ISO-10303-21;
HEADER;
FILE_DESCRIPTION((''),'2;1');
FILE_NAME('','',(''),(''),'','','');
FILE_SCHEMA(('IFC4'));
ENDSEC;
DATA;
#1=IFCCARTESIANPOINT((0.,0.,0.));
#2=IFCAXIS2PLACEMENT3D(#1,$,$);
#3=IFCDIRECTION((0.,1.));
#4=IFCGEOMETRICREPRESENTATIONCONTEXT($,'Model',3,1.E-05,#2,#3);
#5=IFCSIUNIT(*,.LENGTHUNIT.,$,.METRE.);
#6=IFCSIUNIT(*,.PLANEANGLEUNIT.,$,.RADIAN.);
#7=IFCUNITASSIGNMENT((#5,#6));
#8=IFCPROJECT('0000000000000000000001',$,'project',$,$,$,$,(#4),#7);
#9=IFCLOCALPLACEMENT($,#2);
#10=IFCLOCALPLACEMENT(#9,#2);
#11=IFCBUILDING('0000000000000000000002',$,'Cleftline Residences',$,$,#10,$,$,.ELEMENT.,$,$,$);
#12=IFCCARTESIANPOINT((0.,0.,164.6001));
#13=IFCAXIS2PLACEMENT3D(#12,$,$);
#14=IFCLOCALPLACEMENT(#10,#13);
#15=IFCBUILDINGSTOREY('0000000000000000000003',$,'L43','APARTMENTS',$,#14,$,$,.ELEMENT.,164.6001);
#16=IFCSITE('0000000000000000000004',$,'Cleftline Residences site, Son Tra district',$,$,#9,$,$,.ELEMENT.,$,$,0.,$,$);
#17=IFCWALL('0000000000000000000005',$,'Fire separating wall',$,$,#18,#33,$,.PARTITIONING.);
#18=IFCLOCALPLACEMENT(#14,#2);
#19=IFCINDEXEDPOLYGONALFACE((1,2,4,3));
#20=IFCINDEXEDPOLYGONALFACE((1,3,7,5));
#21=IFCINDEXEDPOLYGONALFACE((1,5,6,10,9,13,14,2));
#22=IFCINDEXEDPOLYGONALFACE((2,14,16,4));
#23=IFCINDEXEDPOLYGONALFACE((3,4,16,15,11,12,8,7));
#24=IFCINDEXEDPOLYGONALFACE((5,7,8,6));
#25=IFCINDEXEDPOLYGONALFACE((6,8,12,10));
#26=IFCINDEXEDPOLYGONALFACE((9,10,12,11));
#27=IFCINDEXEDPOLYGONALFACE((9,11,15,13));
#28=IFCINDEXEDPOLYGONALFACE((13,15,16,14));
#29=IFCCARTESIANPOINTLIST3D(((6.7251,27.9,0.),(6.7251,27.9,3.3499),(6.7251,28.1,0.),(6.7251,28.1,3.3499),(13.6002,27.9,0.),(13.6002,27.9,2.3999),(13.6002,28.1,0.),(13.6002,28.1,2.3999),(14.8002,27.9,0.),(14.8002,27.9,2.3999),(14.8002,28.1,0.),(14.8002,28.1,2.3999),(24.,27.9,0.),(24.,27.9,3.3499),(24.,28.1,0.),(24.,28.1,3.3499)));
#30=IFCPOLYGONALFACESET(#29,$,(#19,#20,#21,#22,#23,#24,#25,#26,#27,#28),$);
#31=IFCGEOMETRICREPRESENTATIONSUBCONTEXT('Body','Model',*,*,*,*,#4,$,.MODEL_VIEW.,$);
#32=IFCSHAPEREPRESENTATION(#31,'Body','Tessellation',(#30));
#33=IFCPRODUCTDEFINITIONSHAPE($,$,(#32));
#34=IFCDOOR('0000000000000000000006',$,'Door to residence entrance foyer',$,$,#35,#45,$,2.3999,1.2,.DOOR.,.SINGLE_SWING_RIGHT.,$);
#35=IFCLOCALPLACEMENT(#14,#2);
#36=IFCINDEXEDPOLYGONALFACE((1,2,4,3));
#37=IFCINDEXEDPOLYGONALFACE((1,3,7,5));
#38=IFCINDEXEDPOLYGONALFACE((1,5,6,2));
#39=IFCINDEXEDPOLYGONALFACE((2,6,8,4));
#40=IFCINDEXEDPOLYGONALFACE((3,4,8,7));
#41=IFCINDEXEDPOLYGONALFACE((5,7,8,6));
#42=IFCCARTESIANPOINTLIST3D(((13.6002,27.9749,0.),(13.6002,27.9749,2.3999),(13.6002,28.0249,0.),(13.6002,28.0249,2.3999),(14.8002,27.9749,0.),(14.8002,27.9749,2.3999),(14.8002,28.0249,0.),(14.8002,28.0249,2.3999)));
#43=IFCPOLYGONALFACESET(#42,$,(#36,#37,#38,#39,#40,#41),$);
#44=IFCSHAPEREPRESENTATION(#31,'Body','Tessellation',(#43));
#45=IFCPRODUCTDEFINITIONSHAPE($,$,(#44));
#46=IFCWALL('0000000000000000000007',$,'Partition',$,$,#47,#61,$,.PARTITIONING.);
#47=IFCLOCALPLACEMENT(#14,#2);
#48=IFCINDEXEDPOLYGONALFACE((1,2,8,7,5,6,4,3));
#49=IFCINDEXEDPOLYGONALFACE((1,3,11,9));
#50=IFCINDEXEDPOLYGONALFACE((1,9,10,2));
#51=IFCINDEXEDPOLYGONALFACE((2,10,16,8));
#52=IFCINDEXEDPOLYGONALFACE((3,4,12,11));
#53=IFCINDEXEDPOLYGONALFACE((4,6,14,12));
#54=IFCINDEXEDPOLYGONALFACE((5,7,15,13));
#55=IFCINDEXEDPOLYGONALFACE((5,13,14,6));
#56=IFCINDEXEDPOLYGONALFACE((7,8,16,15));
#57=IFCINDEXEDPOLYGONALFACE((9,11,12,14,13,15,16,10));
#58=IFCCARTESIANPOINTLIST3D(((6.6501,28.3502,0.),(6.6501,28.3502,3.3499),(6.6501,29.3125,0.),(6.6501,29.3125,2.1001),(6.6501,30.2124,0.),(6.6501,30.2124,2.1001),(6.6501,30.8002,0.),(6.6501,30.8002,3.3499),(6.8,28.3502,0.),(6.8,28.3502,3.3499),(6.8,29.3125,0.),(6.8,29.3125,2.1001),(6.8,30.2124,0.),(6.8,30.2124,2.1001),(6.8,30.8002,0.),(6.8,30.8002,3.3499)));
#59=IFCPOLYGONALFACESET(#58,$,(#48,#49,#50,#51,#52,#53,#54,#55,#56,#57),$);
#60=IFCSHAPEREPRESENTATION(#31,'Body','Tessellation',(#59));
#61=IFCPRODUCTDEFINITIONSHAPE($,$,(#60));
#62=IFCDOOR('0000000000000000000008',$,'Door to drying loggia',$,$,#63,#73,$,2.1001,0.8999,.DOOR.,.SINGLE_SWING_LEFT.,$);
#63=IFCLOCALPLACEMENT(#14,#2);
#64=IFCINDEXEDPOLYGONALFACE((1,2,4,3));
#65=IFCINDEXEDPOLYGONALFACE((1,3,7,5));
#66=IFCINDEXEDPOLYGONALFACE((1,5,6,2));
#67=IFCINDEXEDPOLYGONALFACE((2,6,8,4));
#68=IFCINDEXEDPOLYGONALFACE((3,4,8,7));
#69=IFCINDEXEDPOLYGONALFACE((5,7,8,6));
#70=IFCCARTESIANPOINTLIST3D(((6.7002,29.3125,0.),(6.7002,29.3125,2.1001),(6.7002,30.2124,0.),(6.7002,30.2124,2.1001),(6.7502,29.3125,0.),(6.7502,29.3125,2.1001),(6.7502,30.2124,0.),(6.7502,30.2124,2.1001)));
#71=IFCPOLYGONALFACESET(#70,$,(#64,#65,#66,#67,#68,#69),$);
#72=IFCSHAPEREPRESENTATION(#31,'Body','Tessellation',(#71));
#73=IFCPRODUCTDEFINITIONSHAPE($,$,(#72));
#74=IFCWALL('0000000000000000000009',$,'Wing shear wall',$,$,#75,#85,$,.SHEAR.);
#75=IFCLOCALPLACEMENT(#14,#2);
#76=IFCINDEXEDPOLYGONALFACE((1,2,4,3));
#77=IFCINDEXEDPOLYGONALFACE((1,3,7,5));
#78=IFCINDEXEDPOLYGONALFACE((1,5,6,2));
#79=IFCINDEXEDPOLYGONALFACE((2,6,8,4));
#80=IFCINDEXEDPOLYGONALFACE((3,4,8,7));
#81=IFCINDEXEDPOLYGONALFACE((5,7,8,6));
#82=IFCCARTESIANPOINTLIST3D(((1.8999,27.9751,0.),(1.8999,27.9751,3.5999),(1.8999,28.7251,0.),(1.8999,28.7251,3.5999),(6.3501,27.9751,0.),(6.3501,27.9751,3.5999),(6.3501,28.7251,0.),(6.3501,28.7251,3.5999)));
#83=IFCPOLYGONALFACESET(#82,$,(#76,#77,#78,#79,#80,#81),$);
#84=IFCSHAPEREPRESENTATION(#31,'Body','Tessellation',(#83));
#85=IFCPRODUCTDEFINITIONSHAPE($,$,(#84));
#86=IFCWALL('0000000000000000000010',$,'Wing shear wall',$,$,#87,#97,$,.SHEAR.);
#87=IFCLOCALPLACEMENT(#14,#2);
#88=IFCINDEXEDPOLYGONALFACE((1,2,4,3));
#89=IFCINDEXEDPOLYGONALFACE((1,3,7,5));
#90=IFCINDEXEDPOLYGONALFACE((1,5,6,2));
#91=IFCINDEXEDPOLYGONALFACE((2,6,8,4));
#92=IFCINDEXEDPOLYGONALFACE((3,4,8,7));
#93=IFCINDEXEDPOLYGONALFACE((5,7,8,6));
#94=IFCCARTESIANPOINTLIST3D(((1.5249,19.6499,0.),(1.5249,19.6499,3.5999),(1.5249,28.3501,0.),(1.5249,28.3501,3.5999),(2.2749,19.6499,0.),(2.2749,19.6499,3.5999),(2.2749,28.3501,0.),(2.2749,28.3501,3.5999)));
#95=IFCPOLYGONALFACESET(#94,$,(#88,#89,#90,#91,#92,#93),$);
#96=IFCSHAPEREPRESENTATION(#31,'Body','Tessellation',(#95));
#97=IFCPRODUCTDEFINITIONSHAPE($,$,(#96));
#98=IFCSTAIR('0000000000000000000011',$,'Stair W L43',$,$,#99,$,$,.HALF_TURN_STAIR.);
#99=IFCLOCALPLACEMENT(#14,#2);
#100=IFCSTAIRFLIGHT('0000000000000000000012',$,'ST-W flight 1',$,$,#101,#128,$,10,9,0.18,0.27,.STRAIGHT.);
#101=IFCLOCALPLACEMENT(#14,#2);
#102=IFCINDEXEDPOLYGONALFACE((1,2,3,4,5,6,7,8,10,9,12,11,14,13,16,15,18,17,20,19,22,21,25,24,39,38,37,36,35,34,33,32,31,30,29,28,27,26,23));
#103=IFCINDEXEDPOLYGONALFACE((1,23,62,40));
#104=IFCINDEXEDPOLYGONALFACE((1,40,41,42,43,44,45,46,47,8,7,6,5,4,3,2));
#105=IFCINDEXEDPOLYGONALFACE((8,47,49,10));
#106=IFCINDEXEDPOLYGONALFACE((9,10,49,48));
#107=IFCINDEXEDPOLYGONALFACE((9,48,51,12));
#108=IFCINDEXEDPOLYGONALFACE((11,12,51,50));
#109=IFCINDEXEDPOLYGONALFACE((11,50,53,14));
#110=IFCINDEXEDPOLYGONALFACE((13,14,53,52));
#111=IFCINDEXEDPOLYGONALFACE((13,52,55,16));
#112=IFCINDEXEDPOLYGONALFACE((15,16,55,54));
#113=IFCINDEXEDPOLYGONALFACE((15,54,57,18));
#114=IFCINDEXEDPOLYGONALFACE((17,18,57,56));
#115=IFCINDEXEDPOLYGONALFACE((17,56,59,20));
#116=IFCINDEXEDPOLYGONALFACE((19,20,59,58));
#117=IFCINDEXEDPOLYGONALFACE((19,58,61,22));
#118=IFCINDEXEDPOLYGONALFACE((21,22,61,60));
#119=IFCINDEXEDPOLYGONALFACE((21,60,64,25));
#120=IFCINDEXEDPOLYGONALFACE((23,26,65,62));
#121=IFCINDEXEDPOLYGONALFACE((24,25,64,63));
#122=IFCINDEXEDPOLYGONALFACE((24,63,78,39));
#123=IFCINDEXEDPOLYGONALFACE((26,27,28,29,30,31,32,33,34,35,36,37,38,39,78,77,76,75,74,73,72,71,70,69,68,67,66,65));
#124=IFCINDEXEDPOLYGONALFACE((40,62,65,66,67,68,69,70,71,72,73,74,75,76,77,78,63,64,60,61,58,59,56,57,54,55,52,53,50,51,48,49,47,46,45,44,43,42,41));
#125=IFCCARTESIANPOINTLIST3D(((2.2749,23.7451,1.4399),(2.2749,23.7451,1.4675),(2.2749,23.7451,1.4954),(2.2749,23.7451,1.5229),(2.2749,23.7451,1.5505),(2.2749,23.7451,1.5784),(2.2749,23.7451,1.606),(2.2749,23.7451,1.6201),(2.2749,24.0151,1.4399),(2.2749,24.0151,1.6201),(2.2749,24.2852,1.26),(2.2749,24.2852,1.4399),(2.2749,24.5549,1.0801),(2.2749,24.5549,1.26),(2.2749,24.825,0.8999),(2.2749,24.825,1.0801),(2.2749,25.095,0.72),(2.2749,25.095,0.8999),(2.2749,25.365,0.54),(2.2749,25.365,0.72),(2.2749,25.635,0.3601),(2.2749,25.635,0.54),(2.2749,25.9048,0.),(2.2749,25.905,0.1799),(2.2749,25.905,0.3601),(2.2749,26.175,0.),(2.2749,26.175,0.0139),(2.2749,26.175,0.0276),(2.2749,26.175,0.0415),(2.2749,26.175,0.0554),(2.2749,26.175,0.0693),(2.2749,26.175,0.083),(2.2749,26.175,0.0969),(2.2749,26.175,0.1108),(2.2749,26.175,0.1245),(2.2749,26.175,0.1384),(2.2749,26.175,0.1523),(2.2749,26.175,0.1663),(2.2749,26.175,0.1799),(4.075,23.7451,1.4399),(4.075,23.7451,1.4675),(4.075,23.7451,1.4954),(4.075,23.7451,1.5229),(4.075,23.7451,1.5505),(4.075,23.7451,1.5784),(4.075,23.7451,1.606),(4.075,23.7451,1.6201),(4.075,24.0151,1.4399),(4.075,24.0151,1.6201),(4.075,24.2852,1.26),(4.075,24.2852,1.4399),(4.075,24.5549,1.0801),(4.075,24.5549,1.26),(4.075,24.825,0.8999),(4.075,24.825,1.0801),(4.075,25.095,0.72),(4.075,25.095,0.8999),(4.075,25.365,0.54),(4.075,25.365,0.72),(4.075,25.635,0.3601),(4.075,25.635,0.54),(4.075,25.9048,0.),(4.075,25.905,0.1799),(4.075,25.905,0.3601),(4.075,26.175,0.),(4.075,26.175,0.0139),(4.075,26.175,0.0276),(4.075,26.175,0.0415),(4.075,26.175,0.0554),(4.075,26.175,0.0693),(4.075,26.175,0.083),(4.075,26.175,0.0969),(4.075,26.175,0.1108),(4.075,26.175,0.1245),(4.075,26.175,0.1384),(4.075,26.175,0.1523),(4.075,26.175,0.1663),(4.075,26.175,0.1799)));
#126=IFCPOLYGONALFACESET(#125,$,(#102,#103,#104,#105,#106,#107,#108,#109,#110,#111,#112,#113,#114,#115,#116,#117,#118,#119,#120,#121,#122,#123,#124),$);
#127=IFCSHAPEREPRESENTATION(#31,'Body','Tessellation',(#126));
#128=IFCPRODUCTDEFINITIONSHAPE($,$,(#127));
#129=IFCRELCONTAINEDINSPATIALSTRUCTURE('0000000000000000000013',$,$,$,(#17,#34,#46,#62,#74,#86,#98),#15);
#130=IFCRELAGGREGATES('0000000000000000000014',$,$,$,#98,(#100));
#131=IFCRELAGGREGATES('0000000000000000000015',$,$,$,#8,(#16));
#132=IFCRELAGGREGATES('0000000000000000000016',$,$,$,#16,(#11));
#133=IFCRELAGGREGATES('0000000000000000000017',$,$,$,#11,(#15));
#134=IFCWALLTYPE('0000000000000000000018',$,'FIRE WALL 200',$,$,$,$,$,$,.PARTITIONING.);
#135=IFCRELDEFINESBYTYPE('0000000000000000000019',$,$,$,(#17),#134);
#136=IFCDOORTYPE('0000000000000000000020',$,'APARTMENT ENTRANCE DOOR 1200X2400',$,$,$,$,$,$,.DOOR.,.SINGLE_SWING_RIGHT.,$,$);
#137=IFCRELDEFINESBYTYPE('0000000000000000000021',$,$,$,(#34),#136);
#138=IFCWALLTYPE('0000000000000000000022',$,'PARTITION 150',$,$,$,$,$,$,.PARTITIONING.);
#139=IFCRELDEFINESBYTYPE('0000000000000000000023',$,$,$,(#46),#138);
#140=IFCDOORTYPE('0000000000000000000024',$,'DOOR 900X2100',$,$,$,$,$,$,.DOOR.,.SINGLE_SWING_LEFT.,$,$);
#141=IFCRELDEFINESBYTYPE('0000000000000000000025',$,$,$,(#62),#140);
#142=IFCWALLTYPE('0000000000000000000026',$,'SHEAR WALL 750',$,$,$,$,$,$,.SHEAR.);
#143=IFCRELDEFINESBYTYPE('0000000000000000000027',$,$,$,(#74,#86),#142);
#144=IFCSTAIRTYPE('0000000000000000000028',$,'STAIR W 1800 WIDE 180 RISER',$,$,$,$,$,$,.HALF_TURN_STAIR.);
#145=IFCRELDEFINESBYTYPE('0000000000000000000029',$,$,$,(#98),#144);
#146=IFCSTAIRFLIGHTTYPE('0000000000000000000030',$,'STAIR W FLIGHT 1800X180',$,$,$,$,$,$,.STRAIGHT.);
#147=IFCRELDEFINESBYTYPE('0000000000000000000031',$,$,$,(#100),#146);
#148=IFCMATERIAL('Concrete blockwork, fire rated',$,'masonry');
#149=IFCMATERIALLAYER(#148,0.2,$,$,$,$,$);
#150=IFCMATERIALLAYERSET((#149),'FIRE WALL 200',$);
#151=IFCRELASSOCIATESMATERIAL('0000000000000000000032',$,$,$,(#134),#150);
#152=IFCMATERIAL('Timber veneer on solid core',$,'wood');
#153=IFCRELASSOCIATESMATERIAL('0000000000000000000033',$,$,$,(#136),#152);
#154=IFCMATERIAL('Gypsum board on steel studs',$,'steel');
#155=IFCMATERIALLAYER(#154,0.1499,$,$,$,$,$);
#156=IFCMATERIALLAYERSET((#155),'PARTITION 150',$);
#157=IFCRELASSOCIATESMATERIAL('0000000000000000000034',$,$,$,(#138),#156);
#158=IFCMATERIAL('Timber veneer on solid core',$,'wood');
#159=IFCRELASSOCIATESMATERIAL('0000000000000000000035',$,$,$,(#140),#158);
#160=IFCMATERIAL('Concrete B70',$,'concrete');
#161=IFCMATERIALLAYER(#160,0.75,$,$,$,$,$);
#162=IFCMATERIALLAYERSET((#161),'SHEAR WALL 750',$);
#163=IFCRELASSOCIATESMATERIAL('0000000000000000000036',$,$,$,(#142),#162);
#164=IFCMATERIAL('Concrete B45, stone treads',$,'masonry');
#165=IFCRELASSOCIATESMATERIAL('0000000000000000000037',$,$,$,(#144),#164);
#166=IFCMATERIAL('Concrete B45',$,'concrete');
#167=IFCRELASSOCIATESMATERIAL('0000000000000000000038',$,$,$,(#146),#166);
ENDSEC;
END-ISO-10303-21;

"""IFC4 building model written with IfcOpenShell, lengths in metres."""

from ifc_helpers import new_model, si_unit, direction, frame, frame_2d, origin, place, context, subcontext, project, spatial, polyline, rectangle, outline, extrude, material, layer, layer_set, type_object, element, fill, aggregate, save


model = new_model("IFC4")

# Units and contexts
model_context = context("Model", 3, precision=1e-05, world=origin(), true_north=direction((0.0, 1.0)))
body_context = subcontext(model_context, "Body", "Model", "MODEL_VIEW")
ifc_project = project(units=[si_unit("LENGTHUNIT", "METRE"), si_unit("PLANEANGLEUNIT", "RADIAN")], contexts=[model_context])

# Site, building, storey
site_placement = place(None, origin())
site = spatial("IfcSite", under=ifc_project, at=site_placement, Name="Cleftline Residences site, Son Tra district", CompositionType="ELEMENT", RefElevation=0.0)
building_placement = place(site_placement, origin())
building = spatial("IfcBuilding", under=site, at=building_placement, Name="Cleftline Residences", CompositionType="ELEMENT")
storey_placement = place(building_placement, frame((0.0, 0.0, 164.6001)))
storey = spatial("IfcBuildingStorey", under=building, at=storey_placement, Name="L43", Description="APARTMENTS", CompositionType="ELEMENT", Elevation=164.6001)

# Walls, openings, doors
ifc_material_1 = material(Name="Concrete blockwork, fire rated", Category="masonry")
ifc_layer_1 = layer(ifc_material_1, 0.2)
ifc_layer_set_1 = layer_set([ifc_layer_1], Name="FIRE WALL 200")
wall_type_1 = type_object("IfcWallType", Name="FIRE WALL 200", PredefinedType="PARTITIONING", material=ifc_layer_set_1)
wall_1_placement = place(storey_placement, frame((6.7251, 28.0, 0.0), z_axis=(0.0, 0.0, 1.0), x_axis=(1.0, 0.0, 0.0)))
wall_1 = element("IfcWall", 1, at=wall_1_placement, inside=storey, type_object=wall_type_1, Name="Fire separating wall", PredefinedType="PARTITIONING", context=body_context, shape_type="SweptSolid", body=[
    extrude(rectangle(XDim=17.2749, YDim=0.2, at=frame_2d((8.6375, 0.0))), origin(), (0.0, 0.0, 1.0), 3.3499),
])
opening_1_placement = place(wall_1_placement, frame((6.875, 0.0, 0.0)))
opening_1 = element("IfcOpeningElement", 2, at=opening_1_placement, cuts=wall_1, PredefinedType="OPENING", context=body_context, shape_type="SweptSolid", body=[
    extrude(rectangle(XDim=1.2, YDim=2.3999, at=frame_2d((0.6001, 1.2))), frame((0.0, 0.1099, 0.0), z_axis=(0.0, -1.0, 0.0), x_axis=(1.0, 0.0, 0.0)), (0.0, 0.0, 1.0), 0.22),
])
ifc_material_2 = material(Name="Timber veneer on solid core", Category="wood")
door_type_1 = type_object("IfcDoorType", Name="APARTMENT ENTRANCE DOOR 1200X2400", OperationType="SINGLE_SWING_RIGHT", PredefinedType="DOOR", material=ifc_material_2)
door_1_placement = place(opening_1_placement, origin())
door_1 = element("IfcDoor", 3, at=door_1_placement, inside=storey, type_object=door_type_1, Name="Door to residence entrance foyer", OperationType="SINGLE_SWING_RIGHT", OverallHeight=2.3999, OverallWidth=1.2, PredefinedType="DOOR", context=body_context, shape_type="SweptSolid", body=[
    extrude(rectangle(XDim=1.2, YDim=2.3999, at=frame_2d((0.6001, 1.2))), frame((0.0, 0.0249, 0.0), z_axis=(0.0, -1.0, 0.0), x_axis=(1.0, 0.0, 0.0)), (0.0, 0.0, 1.0), 0.05),
])
fill(opening_1, door_1)
ifc_material_3 = material(Name="Gypsum board on steel studs", Category="steel")
ifc_layer_2 = layer(ifc_material_3, 0.1499)
ifc_layer_set_2 = layer_set([ifc_layer_2], Name="PARTITION 150")
wall_type_2 = type_object("IfcWallType", Name="PARTITION 150", PredefinedType="PARTITIONING", material=ifc_layer_set_2)
wall_2_placement = place(storey_placement, frame((6.7251, 28.3501, 0.0), z_axis=(0.0, 0.0, 1.0), x_axis=(0.0, 1.0, 0.0)))
wall_2 = element("IfcWall", 4, at=wall_2_placement, inside=storey, type_object=wall_type_2, Name="Partition", PredefinedType="PARTITIONING", context=body_context, shape_type="SweptSolid", body=[
    extrude(rectangle(XDim=2.45, YDim=0.1499, at=frame_2d((1.2251, 0.0))), origin(), (0.0, 0.0, 1.0), 3.3499),
])
opening_2_placement = place(wall_2_placement, frame((0.9624, 0.0, 0.0)))
opening_2 = element("IfcOpeningElement", 5, at=opening_2_placement, cuts=wall_2, PredefinedType="OPENING", context=body_context, shape_type="SweptSolid", body=[
    extrude(rectangle(XDim=0.8999, YDim=2.1001, at=frame_2d((0.45, 1.05))), frame((0.0, 0.085, 0.0), z_axis=(0.0, -1.0, 0.0), x_axis=(1.0, 0.0, 0.0)), (0.0, 0.0, 1.0), 0.1699),
])
ifc_material_4 = material(Name="Timber veneer on solid core", Category="wood")
door_type_2 = type_object("IfcDoorType", Name="DOOR 900X2100", OperationType="SINGLE_SWING_LEFT", PredefinedType="DOOR", material=ifc_material_4)
door_2_placement = place(opening_2_placement, origin())
door_2 = element("IfcDoor", 6, at=door_2_placement, inside=storey, type_object=door_type_2, Name="Door to drying loggia", OperationType="SINGLE_SWING_LEFT", OverallHeight=2.1001, OverallWidth=0.8999, PredefinedType="DOOR", context=body_context, shape_type="SweptSolid", body=[
    extrude(rectangle(XDim=0.8999, YDim=2.1001, at=frame_2d((0.45, 1.05))), frame((0.0, 0.0249, 0.0), z_axis=(0.0, -1.0, 0.0), x_axis=(1.0, 0.0, 0.0)), (0.0, 0.0, 1.0), 0.05),
])
fill(opening_2, door_2)

# Walls
ifc_material_5 = material(Name="Concrete B70", Category="concrete")
ifc_layer_3 = layer(ifc_material_5, 0.75)
ifc_layer_set_3 = layer_set([ifc_layer_3], Name="SHEAR WALL 750")
wall_type_3 = type_object("IfcWallType", Name="SHEAR WALL 750", PredefinedType="SHEAR", material=ifc_layer_set_3)
wall_3_placement = place(storey_placement, frame((6.3501, 28.3501, 0.0), z_axis=(0.0, 0.0, 1.0), x_axis=(-1.0, 0.0, 0.0)))
element("IfcWall", 7, at=wall_3_placement, inside=storey, type_object=wall_type_3, Name="Wing shear wall", PredefinedType="SHEAR", context=body_context, shape_type="SweptSolid", body=[
    extrude(rectangle(XDim=4.4502, YDim=0.75, at=frame_2d((2.2251, 0.0))), origin(), (0.0, 0.0, 1.0), 3.5999),
])
wall_4_placement = place(storey_placement, frame((1.8999, 28.3501, 0.0), z_axis=(0.0, 0.0, 1.0), x_axis=(0.0, -1.0, 0.0)))
element("IfcWall", 8, at=wall_4_placement, inside=storey, type_object=wall_type_3, Name="Wing shear wall", PredefinedType="SHEAR", context=body_context, shape_type="SweptSolid", body=[
    extrude(rectangle(XDim=8.7002, YDim=0.75, at=frame_2d((4.3501, 0.0))), origin(), (0.0, 0.0, 1.0), 3.5999),
])

# Stair, stair flight
ifc_material_6 = material(Name="Concrete B45, stone treads", Category="masonry")
stair_type = type_object("IfcStairType", Name="STAIR W 1800 WIDE 180 RISER", PredefinedType="HALF_TURN_STAIR", material=ifc_material_6)
stair_placement = place(storey_placement, origin())
stair = element("IfcStair", 9, at=stair_placement, inside=storey, type_object=stair_type, Name="Stair W L43", PredefinedType="HALF_TURN_STAIR")
ifc_material_7 = material(Name="Concrete B45", Category="concrete")
stair_flight_type = type_object("IfcStairFlightType", Name="STAIR W FLIGHT 1800X180", PredefinedType="STRAIGHT", material=ifc_material_7)
stair_flight_1_placement = place(storey_placement, frame((3.175, 26.175, 0.0), z_axis=(0.0, 0.0, 1.0), x_axis=(0.0, -1.0, 0.0)))
stair_flight_1 = element("IfcStairFlight", 10, at=stair_flight_1_placement, type_object=stair_flight_type, Name="ST-W flight 1", NumberOfRisers=10, NumberOfTreads=9, PredefinedType="STRAIGHT", RiserHeight=0.18, TreadLength=0.27, context=body_context, shape_type="SweptSolid", body=[
    extrude(outline(polyline([(0.0, 0.0), (0.0, 0.0139), (0.0, 0.0276), (0.0, 0.0415), (0.0, 0.0554), (0.0, 0.0693), (0.0, 0.083), (0.0, 0.0969), (0.0, 0.1108), (0.0, 0.1245), (0.0, 0.1384), (0.0, 0.1523), (0.0, 0.1663), (0.0, 0.1799), (0.27, 0.1799), (0.27, 0.3601), (0.54, 0.3601), (0.54, 0.54), (0.8101, 0.54), (0.8101, 0.72), (1.0801, 0.72), (1.0801, 0.8999), (1.3501, 0.8999), (1.3501, 1.0801), (1.6201, 1.0801), (1.6201, 1.26), (1.8899, 1.26), (1.8899, 1.4399), (2.1599, 1.4399), (2.1599, 1.6201), (2.4299, 1.6201), (2.4299, 1.8), (2.4299, 1.7722), (2.4299, 1.7446), (2.4299, 1.7168), (2.4299, 1.6892), (2.4299, 1.6614), (2.4299, 1.6338), (2.4299, 1.606), (2.4299, 1.5784), (2.4299, 1.5505), (2.4299, 1.5229), (2.4299, 1.4954), (2.4299, 1.4675), (2.4299, 1.4399), (0.2703, 0.0), (0.0, 0.0)])), frame((0.0, 0.8999, 0.0), z_axis=(0.0, -1.0, 0.0), x_axis=(1.0, 0.0, 0.0)), (0.0, 0.0, 1.0), 1.8),
])
aggregate(stair, [stair_flight_1])

save(model, "model.ifc")
